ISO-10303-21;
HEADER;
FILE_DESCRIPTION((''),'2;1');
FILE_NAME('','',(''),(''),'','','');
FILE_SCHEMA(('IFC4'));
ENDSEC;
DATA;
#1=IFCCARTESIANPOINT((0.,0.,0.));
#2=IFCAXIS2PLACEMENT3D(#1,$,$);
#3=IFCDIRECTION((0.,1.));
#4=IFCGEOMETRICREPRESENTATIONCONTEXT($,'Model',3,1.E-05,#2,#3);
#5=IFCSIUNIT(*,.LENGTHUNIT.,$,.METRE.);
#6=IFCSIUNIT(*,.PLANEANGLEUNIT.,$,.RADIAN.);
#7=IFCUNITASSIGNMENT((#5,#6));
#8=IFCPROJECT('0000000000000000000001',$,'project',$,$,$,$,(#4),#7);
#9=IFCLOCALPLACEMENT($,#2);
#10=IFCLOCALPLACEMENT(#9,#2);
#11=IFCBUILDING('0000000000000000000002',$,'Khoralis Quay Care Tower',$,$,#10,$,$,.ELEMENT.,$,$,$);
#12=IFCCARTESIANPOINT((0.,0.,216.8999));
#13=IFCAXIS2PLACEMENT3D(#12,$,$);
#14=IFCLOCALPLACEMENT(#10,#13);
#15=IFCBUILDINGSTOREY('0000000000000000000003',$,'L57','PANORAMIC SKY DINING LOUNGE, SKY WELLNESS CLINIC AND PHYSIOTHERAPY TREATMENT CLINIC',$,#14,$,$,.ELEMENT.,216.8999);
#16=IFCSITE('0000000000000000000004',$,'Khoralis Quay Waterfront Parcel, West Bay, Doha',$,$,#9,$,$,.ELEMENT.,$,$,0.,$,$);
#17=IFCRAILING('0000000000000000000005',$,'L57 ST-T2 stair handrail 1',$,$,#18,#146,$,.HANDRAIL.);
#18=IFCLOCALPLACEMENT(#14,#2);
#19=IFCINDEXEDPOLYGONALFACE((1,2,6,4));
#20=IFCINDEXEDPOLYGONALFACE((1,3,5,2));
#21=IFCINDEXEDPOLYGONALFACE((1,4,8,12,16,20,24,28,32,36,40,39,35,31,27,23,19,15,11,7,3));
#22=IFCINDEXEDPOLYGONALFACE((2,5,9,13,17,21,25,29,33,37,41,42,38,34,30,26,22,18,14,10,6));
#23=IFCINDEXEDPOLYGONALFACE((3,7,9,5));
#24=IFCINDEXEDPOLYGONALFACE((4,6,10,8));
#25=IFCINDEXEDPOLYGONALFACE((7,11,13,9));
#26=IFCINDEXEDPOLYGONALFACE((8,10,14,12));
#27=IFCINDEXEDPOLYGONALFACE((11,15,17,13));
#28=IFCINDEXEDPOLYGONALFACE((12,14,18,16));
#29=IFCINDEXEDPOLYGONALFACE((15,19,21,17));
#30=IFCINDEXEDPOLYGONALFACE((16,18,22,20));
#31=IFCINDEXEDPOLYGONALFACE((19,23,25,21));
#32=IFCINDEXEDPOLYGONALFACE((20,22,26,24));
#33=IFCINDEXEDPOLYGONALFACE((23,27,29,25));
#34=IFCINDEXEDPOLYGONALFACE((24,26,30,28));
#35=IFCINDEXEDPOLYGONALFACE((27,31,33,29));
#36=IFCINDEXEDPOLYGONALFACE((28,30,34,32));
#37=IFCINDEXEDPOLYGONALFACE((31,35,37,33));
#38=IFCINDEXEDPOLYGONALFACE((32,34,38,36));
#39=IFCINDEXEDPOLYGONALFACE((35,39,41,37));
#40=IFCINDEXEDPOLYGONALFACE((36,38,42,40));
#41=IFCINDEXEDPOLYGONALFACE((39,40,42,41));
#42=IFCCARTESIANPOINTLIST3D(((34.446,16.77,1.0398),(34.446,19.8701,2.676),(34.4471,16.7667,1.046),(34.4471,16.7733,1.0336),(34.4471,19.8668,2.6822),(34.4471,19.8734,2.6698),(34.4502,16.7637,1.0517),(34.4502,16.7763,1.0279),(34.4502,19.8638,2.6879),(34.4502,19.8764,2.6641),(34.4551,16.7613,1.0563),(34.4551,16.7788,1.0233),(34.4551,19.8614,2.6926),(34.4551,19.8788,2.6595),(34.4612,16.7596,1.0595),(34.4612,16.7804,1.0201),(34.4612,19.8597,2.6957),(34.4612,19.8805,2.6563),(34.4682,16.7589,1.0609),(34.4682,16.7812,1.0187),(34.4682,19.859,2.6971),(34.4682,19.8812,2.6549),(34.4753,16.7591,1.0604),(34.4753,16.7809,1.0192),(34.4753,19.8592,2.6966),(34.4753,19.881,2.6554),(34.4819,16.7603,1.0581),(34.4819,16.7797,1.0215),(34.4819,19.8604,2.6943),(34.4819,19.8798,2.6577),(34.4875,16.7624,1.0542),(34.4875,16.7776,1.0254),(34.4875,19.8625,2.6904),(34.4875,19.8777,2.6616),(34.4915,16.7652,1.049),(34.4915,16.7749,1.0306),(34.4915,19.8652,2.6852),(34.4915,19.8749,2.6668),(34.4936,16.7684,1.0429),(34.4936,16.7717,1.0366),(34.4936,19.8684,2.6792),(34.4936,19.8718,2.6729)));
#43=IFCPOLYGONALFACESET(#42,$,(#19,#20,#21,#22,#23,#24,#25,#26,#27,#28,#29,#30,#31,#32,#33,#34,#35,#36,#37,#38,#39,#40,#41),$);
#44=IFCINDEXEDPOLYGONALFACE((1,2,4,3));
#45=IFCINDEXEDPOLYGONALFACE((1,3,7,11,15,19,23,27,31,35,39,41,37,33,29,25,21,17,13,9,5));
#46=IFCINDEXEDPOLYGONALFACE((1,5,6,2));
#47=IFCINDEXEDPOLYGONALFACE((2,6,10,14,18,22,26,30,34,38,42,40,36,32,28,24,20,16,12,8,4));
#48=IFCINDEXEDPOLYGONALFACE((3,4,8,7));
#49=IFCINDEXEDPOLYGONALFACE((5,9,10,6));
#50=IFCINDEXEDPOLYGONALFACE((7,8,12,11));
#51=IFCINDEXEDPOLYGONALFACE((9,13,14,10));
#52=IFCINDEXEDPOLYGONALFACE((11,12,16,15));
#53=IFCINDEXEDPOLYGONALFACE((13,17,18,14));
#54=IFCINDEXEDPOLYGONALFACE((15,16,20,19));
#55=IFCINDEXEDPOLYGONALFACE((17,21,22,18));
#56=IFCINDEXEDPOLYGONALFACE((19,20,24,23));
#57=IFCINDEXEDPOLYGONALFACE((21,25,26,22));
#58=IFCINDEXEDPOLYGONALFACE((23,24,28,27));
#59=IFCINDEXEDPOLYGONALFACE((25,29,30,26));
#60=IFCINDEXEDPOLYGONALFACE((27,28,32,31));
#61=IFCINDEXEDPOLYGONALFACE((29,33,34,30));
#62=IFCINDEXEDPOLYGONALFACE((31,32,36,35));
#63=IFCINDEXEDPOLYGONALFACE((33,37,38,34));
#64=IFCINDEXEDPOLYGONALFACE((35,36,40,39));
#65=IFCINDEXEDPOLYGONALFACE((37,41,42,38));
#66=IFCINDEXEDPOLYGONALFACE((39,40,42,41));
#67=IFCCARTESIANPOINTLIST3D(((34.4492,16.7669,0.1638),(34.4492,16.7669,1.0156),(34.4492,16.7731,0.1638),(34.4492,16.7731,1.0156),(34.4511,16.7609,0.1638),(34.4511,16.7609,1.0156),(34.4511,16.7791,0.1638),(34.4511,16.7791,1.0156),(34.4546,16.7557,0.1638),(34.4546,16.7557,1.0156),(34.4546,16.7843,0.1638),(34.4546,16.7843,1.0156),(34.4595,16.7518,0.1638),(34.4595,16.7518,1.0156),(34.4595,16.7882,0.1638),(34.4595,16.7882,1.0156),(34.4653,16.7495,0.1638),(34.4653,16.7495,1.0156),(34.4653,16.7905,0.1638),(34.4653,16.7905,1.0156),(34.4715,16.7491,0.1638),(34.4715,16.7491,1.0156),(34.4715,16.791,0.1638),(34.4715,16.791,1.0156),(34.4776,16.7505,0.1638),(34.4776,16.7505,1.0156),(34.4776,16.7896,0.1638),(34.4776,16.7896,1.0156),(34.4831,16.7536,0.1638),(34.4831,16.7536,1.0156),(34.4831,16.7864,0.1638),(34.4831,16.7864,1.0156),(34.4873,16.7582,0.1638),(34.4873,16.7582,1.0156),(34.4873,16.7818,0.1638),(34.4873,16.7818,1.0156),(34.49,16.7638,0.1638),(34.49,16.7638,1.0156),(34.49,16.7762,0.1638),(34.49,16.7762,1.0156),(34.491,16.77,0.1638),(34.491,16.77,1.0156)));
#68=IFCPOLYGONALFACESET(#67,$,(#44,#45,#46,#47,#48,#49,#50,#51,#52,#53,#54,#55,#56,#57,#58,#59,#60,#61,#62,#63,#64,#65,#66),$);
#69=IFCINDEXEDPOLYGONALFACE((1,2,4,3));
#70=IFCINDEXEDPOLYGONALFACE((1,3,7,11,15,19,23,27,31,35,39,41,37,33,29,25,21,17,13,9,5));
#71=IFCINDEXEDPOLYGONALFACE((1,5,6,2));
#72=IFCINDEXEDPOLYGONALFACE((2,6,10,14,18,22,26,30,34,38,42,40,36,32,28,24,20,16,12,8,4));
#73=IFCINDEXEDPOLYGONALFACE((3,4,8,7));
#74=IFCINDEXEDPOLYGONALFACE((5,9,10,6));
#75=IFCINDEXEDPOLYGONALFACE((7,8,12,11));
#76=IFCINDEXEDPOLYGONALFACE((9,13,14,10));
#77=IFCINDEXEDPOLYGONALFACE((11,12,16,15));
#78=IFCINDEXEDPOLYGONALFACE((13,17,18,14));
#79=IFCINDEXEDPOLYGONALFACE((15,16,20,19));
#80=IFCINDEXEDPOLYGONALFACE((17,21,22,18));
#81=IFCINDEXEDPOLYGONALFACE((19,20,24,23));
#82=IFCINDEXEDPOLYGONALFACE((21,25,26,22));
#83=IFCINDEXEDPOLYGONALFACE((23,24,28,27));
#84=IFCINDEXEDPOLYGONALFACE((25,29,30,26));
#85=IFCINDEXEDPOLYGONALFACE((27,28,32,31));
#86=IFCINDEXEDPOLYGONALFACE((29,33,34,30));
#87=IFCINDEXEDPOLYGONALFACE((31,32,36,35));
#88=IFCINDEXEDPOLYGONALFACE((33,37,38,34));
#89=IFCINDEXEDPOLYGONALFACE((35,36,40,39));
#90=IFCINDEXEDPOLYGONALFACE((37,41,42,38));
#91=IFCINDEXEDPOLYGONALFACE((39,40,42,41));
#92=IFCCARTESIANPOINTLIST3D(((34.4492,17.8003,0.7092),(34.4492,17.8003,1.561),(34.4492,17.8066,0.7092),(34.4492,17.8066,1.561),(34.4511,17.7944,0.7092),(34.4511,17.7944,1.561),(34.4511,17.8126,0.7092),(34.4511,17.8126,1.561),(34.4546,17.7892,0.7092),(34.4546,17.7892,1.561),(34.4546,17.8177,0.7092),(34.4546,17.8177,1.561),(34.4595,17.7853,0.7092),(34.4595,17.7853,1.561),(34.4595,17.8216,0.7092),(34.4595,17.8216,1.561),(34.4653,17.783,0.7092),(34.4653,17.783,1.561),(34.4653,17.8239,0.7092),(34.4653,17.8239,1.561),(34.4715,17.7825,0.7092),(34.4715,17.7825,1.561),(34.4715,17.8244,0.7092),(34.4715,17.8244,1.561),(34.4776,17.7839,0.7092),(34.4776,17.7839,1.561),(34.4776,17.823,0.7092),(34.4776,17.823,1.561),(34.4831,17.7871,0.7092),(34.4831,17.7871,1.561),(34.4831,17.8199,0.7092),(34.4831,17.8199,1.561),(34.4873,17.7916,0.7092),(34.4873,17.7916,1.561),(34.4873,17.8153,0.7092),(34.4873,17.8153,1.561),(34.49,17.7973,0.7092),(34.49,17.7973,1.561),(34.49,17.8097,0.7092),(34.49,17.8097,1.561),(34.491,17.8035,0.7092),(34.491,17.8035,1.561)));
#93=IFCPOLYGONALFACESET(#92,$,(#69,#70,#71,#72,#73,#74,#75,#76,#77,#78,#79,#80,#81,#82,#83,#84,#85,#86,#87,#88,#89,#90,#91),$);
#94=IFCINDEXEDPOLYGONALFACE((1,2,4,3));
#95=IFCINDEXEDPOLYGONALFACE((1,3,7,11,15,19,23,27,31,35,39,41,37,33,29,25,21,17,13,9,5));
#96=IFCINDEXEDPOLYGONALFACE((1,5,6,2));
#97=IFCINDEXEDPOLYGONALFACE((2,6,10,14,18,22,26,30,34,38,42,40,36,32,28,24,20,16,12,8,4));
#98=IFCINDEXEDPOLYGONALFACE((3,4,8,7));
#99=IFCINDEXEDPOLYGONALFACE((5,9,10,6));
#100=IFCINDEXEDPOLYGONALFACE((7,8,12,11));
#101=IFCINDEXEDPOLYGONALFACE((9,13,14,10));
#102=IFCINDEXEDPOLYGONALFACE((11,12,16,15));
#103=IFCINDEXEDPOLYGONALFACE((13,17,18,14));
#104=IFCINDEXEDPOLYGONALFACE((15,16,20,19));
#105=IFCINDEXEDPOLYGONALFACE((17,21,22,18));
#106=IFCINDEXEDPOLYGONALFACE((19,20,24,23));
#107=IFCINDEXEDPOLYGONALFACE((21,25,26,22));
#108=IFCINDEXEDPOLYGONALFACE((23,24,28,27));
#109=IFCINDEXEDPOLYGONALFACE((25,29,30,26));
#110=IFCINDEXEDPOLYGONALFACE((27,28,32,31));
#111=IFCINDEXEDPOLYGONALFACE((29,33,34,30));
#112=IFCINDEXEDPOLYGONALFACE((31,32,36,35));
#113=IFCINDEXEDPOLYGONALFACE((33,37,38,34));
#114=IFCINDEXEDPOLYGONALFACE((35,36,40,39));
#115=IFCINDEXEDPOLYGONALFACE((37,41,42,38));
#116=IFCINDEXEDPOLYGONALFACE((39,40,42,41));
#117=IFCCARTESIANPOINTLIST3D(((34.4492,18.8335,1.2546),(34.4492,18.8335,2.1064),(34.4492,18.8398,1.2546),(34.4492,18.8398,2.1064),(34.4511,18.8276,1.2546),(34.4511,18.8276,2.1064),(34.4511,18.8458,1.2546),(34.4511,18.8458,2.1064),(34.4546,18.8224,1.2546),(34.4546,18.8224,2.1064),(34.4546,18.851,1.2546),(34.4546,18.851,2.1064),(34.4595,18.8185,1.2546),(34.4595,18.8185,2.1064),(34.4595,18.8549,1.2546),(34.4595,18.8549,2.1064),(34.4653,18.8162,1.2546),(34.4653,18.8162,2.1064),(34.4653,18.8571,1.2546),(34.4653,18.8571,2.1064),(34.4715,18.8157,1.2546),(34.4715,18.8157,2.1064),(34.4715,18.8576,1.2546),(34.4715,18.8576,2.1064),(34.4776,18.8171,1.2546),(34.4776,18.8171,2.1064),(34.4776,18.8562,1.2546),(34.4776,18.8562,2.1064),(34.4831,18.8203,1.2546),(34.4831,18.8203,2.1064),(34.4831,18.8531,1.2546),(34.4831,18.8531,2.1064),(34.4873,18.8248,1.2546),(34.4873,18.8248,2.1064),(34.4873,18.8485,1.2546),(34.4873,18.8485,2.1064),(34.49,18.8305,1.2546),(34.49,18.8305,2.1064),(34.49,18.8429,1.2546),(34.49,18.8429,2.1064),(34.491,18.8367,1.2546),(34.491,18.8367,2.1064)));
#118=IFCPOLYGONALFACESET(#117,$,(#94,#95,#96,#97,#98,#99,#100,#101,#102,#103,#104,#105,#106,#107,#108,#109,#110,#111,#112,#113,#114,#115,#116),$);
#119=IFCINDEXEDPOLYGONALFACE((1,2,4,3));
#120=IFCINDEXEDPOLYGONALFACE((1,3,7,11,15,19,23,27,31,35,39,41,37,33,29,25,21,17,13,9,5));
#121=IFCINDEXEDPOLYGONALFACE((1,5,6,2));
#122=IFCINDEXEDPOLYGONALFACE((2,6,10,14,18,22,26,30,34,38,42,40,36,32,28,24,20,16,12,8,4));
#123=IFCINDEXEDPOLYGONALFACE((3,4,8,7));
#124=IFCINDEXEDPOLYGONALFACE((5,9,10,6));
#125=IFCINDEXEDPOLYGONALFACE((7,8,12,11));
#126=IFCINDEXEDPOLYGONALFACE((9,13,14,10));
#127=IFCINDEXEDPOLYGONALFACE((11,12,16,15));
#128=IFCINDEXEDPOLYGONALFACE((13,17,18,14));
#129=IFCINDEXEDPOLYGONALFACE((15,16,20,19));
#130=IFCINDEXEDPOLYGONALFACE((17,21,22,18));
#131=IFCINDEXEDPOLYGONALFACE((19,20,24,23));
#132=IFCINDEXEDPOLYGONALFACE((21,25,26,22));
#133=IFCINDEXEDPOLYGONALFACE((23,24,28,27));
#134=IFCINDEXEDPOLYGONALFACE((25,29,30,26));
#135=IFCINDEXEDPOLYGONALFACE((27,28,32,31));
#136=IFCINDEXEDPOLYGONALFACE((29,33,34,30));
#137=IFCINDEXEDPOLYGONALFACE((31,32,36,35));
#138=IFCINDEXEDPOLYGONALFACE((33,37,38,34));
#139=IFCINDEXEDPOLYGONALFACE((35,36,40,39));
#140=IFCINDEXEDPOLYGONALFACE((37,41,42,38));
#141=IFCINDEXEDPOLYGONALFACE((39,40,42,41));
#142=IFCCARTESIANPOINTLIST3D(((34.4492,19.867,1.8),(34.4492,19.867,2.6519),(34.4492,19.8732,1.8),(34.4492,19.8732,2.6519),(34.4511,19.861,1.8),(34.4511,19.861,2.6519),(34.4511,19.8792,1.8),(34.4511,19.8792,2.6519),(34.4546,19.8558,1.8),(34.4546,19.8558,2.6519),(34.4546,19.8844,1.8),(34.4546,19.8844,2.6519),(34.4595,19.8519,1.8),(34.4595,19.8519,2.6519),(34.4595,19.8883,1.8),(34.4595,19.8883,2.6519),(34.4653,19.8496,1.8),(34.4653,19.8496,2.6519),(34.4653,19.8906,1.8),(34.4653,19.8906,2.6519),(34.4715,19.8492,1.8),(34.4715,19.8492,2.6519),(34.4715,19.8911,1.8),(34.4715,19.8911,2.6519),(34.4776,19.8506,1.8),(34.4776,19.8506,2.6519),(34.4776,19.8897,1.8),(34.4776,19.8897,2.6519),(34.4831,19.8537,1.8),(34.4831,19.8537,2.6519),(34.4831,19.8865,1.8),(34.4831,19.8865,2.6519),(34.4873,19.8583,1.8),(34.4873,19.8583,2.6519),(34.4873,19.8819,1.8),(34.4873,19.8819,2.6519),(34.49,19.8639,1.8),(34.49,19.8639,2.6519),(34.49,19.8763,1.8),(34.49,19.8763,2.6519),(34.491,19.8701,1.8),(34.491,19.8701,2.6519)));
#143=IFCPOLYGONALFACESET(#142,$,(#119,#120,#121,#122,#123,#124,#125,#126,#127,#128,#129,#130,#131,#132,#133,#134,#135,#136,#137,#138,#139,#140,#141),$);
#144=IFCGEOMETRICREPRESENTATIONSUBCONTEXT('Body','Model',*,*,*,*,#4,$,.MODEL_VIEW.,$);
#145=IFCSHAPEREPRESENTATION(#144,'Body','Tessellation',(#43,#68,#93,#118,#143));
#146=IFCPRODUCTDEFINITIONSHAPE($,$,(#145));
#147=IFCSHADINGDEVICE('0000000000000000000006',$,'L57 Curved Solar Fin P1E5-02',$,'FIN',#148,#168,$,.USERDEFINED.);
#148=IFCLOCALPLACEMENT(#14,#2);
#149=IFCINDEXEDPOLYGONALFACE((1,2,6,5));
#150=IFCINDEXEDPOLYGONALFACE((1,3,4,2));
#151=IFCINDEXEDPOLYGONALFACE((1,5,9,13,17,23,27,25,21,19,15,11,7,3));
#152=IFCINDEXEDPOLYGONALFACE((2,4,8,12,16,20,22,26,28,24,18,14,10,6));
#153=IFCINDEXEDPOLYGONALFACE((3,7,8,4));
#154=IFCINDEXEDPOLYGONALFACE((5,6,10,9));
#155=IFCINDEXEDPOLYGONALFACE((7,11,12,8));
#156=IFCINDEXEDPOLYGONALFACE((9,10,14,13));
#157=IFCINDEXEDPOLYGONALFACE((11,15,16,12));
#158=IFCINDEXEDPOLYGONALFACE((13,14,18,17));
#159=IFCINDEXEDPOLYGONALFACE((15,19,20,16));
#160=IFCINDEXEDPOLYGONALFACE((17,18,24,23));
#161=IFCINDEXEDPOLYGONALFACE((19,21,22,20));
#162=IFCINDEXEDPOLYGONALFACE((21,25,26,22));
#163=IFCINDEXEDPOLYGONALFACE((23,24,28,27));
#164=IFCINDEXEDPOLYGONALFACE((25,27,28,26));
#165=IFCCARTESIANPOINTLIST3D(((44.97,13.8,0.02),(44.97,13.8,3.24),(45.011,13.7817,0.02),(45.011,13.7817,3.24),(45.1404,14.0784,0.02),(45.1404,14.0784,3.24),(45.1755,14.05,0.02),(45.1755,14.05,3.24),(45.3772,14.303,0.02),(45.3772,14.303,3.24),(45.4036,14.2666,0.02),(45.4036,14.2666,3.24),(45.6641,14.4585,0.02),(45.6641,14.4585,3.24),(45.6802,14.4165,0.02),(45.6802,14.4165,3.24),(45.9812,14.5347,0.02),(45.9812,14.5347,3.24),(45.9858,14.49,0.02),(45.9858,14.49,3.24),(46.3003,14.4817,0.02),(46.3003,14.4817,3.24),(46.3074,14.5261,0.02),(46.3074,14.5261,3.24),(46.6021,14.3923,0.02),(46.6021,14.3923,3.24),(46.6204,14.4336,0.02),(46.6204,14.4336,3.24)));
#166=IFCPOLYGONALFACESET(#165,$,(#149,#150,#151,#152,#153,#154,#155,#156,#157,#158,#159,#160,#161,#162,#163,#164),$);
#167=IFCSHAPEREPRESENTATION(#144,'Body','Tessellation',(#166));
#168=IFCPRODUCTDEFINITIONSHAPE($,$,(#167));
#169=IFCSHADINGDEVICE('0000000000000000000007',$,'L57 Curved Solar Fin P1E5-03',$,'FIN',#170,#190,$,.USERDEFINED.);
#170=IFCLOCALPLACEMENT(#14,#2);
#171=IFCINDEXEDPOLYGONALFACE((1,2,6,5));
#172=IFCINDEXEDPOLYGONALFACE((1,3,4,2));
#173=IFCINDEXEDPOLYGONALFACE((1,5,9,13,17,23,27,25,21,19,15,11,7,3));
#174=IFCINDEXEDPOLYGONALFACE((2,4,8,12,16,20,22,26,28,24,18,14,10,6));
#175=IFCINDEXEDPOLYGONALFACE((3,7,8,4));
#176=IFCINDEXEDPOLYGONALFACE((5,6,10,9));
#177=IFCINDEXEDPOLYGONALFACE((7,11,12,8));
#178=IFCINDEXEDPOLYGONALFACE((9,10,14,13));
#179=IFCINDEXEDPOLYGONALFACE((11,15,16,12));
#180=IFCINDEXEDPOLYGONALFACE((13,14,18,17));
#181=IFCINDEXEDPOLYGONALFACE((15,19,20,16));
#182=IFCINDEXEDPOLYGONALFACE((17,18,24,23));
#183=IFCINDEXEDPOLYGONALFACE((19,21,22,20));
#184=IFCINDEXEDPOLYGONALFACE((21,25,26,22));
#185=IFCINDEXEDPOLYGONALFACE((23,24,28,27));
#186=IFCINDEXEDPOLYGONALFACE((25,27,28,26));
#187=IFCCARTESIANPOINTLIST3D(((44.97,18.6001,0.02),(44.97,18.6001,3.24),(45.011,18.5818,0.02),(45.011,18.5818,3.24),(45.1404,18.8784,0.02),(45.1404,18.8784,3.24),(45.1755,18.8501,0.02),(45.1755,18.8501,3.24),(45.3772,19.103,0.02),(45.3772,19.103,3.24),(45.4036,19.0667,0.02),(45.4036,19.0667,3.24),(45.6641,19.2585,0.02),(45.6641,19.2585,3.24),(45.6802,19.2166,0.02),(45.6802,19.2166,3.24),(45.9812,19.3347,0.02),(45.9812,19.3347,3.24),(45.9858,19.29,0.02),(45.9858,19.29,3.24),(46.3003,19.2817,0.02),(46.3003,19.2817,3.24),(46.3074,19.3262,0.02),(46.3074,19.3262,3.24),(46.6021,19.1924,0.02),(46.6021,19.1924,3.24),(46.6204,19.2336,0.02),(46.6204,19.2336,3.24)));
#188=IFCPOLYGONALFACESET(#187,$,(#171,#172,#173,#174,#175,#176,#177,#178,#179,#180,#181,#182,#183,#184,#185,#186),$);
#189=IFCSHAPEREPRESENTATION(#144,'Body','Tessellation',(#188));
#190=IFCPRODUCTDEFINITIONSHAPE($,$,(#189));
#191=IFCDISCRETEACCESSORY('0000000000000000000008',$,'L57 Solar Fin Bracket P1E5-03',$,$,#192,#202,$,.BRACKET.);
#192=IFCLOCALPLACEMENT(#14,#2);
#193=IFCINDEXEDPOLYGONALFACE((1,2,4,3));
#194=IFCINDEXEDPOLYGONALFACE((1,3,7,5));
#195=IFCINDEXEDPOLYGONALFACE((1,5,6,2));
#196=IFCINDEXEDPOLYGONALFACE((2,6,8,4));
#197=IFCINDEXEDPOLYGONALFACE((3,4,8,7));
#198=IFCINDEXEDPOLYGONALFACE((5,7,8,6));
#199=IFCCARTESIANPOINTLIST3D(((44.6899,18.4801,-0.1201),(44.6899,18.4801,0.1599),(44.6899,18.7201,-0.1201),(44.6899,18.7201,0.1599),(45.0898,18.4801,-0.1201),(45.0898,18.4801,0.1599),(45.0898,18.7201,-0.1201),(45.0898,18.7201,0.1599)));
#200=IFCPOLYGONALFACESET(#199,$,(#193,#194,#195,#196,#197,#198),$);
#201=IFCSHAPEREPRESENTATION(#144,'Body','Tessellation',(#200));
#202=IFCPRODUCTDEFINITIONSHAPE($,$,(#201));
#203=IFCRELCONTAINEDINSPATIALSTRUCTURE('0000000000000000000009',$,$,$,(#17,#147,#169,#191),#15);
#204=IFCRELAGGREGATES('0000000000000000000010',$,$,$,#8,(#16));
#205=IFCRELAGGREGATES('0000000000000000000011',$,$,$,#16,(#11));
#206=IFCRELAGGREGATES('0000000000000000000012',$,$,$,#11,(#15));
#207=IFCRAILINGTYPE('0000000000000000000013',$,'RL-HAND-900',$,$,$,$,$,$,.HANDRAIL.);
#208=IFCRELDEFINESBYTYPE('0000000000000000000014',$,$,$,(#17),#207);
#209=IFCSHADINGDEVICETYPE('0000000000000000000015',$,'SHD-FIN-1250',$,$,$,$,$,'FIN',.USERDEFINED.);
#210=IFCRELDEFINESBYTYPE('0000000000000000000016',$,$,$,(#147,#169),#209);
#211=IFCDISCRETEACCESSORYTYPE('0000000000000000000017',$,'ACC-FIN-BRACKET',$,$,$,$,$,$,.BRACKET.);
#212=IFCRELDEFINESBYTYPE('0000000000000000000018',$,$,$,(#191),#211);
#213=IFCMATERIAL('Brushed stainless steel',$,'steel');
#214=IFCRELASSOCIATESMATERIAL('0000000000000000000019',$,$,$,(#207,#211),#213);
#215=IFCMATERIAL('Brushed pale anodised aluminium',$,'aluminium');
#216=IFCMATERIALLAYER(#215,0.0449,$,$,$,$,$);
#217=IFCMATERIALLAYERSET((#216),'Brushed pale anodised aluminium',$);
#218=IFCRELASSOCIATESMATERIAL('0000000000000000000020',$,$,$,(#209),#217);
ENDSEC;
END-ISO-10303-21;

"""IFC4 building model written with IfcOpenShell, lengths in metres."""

from ifc_helpers import new_model, si_unit, direction, frame, origin, origin_2d, place, context, subcontext, project, spatial, polyline, rectangle, circle, outline, extrude, source, transform, mapped, material, layer, layer_set, type_object, element, save


model = new_model("IFC4")

# Units and contexts
model_context = context("Model", 3, precision=1e-05, world=origin(), true_north=direction((0.0, 1.0)))
body_context = subcontext(model_context, "Body", "Model", "MODEL_VIEW")
ifc_project = project(units=[si_unit("LENGTHUNIT", "METRE"), si_unit("PLANEANGLEUNIT", "RADIAN")], contexts=[model_context])

# Site, building, storey
site_placement = place(None, origin())
site = spatial("IfcSite", under=ifc_project, at=site_placement, Name="Khoralis Quay Waterfront Parcel, West Bay, Doha", CompositionType="ELEMENT", RefElevation=0.0)
building_placement = place(site_placement, origin())
building = spatial("IfcBuilding", under=site, at=building_placement, Name="Khoralis Quay Care Tower", CompositionType="ELEMENT")
storey_placement = place(building_placement, frame((0.0, 0.0, 216.8999)))
storey = spatial("IfcBuildingStorey", under=building, at=storey_placement, Name="L57", Description="PANORAMIC SKY DINING LOUNGE, SKY WELLNESS CLINIC AND PHYSIOTHERAPY TREATMENT CLINIC", CompositionType="ELEMENT", Elevation=216.8999)

# Railing
ifc_material_1 = material(Name="Brushed stainless steel", Category="steel")
railing_type_1 = type_object("IfcRailingType", Name="RL-HAND-900", PredefinedType="HANDRAIL", material=ifc_material_1)
railing_1_placement = place(storey_placement, frame((34.47, 16.77, 0.1638)))
element("IfcRailing", 1, at=railing_1_placement, inside=storey, type_object=railing_type_1, Name="L57 ST-T2 stair handrail 1", PredefinedType="HANDRAIL", context=body_context, shape_type="SweptSolid", body=[
    extrude(circle(Radius=0.0239, at=origin_2d()), frame((0.0, 0.0, 0.876), z_axis=(0.0, 0.884377, 0.466774), x_axis=(-1.0, 0.0, 0.0)), (0.0, 0.0, 1.0), 3.5054),
    extrude(circle(Radius=0.021, at=origin_2d()), origin(), (0.0, 0.0, 1.0), 0.8518),
    extrude(circle(Radius=0.021, at=origin_2d()), frame((0.0, 1.0334, 0.5454)), (0.0, 0.0, 1.0), 0.8518),
    extrude(circle(Radius=0.021, at=origin_2d()), frame((0.0, 2.0667, 1.0908)), (0.0, 0.0, 1.0), 0.8518),
    extrude(circle(Radius=0.021, at=origin_2d()), frame((0.0, 3.1001, 1.6362)), (0.0, 0.0, 1.0), 0.8518),
])

# Shading devices
ifc_material_2 = material(Name="Brushed pale anodised aluminium", Category="aluminium")
ifc_layer_1 = layer(ifc_material_2, 0.0449)
ifc_layer_set_1 = layer_set([ifc_layer_1], Name="Brushed pale anodised aluminium")
shading_device_type = type_object("IfcShadingDeviceType", Name="SHD-FIN-1250", ElementType="FIN", PredefinedType="USERDEFINED", material=ifc_layer_set_1)
shared_shape_1 = source(origin(), body_context, "Body", "SweptSolid", [
    extrude(outline(polyline([(0.0, 0.0), (0.1704, 0.2783), (0.4072, 0.5029), (0.6941, 0.6584), (1.0112, 0.7346), (1.3374, 0.7261), (1.6504, 0.6335), (1.6321, 0.5923), (1.3303, 0.6816), (1.0159, 0.6899), (0.7102, 0.6165), (0.4336, 0.4666), (0.2056, 0.25), (0.041, -0.0183), (0.0, 0.0)])), origin(), (0.0, 0.0, 1.0), 3.22),
])
for number, where, z_axis, x_axis, name in (
    (2, (44.97, 13.8, 0.02), (0.0, 0.0, 1.0), (1.0, 0.0, 0.0), "L57 Curved Solar Fin P1E5-02"),
    (3, (44.97, 18.6001, 0.02), (0.0, 0.0, 1.0), (1.0, 0.0, 0.0), "L57 Curved Solar Fin P1E5-03"),
):
    element("IfcShadingDevice", number, at=place(storey_placement, frame(where, z_axis=z_axis, x_axis=x_axis)), inside=storey, type_object=shading_device_type, Name=name, ObjectType="FIN", PredefinedType="USERDEFINED", context=body_context, shape_type="MappedRepresentation", body=[
        mapped(shared_shape_1, transform((0.0, 0.0, 0.0), scale=1.0)),
    ])

# Discrete accessory
discrete_accessory_type = type_object("IfcDiscreteAccessoryType", Name="ACC-FIN-BRACKET", PredefinedType="BRACKET", material=ifc_material_1)
shared_shape_2 = source(origin(), body_context, "Body", "SweptSolid", [
    extrude(rectangle(XDim=0.3999, YDim=0.24, at=origin_2d()), origin(), (0.0, 0.0, 1.0), 0.28),
])
discrete_accessory_placement = place(storey_placement, frame((44.8899, 18.6001, -0.1201), z_axis=(0.0, 0.0, 1.0), x_axis=(1.0, 0.0, 0.0)))
element("IfcDiscreteAccessory", 4, at=discrete_accessory_placement, inside=storey, type_object=discrete_accessory_type, Name="L57 Solar Fin Bracket P1E5-03", PredefinedType="BRACKET", context=body_context, shape_type="MappedRepresentation", body=[
    mapped(shared_shape_2, transform((0.0, 0.0, 0.0), scale=1.0)),
])

save(model, "model.ifc")
